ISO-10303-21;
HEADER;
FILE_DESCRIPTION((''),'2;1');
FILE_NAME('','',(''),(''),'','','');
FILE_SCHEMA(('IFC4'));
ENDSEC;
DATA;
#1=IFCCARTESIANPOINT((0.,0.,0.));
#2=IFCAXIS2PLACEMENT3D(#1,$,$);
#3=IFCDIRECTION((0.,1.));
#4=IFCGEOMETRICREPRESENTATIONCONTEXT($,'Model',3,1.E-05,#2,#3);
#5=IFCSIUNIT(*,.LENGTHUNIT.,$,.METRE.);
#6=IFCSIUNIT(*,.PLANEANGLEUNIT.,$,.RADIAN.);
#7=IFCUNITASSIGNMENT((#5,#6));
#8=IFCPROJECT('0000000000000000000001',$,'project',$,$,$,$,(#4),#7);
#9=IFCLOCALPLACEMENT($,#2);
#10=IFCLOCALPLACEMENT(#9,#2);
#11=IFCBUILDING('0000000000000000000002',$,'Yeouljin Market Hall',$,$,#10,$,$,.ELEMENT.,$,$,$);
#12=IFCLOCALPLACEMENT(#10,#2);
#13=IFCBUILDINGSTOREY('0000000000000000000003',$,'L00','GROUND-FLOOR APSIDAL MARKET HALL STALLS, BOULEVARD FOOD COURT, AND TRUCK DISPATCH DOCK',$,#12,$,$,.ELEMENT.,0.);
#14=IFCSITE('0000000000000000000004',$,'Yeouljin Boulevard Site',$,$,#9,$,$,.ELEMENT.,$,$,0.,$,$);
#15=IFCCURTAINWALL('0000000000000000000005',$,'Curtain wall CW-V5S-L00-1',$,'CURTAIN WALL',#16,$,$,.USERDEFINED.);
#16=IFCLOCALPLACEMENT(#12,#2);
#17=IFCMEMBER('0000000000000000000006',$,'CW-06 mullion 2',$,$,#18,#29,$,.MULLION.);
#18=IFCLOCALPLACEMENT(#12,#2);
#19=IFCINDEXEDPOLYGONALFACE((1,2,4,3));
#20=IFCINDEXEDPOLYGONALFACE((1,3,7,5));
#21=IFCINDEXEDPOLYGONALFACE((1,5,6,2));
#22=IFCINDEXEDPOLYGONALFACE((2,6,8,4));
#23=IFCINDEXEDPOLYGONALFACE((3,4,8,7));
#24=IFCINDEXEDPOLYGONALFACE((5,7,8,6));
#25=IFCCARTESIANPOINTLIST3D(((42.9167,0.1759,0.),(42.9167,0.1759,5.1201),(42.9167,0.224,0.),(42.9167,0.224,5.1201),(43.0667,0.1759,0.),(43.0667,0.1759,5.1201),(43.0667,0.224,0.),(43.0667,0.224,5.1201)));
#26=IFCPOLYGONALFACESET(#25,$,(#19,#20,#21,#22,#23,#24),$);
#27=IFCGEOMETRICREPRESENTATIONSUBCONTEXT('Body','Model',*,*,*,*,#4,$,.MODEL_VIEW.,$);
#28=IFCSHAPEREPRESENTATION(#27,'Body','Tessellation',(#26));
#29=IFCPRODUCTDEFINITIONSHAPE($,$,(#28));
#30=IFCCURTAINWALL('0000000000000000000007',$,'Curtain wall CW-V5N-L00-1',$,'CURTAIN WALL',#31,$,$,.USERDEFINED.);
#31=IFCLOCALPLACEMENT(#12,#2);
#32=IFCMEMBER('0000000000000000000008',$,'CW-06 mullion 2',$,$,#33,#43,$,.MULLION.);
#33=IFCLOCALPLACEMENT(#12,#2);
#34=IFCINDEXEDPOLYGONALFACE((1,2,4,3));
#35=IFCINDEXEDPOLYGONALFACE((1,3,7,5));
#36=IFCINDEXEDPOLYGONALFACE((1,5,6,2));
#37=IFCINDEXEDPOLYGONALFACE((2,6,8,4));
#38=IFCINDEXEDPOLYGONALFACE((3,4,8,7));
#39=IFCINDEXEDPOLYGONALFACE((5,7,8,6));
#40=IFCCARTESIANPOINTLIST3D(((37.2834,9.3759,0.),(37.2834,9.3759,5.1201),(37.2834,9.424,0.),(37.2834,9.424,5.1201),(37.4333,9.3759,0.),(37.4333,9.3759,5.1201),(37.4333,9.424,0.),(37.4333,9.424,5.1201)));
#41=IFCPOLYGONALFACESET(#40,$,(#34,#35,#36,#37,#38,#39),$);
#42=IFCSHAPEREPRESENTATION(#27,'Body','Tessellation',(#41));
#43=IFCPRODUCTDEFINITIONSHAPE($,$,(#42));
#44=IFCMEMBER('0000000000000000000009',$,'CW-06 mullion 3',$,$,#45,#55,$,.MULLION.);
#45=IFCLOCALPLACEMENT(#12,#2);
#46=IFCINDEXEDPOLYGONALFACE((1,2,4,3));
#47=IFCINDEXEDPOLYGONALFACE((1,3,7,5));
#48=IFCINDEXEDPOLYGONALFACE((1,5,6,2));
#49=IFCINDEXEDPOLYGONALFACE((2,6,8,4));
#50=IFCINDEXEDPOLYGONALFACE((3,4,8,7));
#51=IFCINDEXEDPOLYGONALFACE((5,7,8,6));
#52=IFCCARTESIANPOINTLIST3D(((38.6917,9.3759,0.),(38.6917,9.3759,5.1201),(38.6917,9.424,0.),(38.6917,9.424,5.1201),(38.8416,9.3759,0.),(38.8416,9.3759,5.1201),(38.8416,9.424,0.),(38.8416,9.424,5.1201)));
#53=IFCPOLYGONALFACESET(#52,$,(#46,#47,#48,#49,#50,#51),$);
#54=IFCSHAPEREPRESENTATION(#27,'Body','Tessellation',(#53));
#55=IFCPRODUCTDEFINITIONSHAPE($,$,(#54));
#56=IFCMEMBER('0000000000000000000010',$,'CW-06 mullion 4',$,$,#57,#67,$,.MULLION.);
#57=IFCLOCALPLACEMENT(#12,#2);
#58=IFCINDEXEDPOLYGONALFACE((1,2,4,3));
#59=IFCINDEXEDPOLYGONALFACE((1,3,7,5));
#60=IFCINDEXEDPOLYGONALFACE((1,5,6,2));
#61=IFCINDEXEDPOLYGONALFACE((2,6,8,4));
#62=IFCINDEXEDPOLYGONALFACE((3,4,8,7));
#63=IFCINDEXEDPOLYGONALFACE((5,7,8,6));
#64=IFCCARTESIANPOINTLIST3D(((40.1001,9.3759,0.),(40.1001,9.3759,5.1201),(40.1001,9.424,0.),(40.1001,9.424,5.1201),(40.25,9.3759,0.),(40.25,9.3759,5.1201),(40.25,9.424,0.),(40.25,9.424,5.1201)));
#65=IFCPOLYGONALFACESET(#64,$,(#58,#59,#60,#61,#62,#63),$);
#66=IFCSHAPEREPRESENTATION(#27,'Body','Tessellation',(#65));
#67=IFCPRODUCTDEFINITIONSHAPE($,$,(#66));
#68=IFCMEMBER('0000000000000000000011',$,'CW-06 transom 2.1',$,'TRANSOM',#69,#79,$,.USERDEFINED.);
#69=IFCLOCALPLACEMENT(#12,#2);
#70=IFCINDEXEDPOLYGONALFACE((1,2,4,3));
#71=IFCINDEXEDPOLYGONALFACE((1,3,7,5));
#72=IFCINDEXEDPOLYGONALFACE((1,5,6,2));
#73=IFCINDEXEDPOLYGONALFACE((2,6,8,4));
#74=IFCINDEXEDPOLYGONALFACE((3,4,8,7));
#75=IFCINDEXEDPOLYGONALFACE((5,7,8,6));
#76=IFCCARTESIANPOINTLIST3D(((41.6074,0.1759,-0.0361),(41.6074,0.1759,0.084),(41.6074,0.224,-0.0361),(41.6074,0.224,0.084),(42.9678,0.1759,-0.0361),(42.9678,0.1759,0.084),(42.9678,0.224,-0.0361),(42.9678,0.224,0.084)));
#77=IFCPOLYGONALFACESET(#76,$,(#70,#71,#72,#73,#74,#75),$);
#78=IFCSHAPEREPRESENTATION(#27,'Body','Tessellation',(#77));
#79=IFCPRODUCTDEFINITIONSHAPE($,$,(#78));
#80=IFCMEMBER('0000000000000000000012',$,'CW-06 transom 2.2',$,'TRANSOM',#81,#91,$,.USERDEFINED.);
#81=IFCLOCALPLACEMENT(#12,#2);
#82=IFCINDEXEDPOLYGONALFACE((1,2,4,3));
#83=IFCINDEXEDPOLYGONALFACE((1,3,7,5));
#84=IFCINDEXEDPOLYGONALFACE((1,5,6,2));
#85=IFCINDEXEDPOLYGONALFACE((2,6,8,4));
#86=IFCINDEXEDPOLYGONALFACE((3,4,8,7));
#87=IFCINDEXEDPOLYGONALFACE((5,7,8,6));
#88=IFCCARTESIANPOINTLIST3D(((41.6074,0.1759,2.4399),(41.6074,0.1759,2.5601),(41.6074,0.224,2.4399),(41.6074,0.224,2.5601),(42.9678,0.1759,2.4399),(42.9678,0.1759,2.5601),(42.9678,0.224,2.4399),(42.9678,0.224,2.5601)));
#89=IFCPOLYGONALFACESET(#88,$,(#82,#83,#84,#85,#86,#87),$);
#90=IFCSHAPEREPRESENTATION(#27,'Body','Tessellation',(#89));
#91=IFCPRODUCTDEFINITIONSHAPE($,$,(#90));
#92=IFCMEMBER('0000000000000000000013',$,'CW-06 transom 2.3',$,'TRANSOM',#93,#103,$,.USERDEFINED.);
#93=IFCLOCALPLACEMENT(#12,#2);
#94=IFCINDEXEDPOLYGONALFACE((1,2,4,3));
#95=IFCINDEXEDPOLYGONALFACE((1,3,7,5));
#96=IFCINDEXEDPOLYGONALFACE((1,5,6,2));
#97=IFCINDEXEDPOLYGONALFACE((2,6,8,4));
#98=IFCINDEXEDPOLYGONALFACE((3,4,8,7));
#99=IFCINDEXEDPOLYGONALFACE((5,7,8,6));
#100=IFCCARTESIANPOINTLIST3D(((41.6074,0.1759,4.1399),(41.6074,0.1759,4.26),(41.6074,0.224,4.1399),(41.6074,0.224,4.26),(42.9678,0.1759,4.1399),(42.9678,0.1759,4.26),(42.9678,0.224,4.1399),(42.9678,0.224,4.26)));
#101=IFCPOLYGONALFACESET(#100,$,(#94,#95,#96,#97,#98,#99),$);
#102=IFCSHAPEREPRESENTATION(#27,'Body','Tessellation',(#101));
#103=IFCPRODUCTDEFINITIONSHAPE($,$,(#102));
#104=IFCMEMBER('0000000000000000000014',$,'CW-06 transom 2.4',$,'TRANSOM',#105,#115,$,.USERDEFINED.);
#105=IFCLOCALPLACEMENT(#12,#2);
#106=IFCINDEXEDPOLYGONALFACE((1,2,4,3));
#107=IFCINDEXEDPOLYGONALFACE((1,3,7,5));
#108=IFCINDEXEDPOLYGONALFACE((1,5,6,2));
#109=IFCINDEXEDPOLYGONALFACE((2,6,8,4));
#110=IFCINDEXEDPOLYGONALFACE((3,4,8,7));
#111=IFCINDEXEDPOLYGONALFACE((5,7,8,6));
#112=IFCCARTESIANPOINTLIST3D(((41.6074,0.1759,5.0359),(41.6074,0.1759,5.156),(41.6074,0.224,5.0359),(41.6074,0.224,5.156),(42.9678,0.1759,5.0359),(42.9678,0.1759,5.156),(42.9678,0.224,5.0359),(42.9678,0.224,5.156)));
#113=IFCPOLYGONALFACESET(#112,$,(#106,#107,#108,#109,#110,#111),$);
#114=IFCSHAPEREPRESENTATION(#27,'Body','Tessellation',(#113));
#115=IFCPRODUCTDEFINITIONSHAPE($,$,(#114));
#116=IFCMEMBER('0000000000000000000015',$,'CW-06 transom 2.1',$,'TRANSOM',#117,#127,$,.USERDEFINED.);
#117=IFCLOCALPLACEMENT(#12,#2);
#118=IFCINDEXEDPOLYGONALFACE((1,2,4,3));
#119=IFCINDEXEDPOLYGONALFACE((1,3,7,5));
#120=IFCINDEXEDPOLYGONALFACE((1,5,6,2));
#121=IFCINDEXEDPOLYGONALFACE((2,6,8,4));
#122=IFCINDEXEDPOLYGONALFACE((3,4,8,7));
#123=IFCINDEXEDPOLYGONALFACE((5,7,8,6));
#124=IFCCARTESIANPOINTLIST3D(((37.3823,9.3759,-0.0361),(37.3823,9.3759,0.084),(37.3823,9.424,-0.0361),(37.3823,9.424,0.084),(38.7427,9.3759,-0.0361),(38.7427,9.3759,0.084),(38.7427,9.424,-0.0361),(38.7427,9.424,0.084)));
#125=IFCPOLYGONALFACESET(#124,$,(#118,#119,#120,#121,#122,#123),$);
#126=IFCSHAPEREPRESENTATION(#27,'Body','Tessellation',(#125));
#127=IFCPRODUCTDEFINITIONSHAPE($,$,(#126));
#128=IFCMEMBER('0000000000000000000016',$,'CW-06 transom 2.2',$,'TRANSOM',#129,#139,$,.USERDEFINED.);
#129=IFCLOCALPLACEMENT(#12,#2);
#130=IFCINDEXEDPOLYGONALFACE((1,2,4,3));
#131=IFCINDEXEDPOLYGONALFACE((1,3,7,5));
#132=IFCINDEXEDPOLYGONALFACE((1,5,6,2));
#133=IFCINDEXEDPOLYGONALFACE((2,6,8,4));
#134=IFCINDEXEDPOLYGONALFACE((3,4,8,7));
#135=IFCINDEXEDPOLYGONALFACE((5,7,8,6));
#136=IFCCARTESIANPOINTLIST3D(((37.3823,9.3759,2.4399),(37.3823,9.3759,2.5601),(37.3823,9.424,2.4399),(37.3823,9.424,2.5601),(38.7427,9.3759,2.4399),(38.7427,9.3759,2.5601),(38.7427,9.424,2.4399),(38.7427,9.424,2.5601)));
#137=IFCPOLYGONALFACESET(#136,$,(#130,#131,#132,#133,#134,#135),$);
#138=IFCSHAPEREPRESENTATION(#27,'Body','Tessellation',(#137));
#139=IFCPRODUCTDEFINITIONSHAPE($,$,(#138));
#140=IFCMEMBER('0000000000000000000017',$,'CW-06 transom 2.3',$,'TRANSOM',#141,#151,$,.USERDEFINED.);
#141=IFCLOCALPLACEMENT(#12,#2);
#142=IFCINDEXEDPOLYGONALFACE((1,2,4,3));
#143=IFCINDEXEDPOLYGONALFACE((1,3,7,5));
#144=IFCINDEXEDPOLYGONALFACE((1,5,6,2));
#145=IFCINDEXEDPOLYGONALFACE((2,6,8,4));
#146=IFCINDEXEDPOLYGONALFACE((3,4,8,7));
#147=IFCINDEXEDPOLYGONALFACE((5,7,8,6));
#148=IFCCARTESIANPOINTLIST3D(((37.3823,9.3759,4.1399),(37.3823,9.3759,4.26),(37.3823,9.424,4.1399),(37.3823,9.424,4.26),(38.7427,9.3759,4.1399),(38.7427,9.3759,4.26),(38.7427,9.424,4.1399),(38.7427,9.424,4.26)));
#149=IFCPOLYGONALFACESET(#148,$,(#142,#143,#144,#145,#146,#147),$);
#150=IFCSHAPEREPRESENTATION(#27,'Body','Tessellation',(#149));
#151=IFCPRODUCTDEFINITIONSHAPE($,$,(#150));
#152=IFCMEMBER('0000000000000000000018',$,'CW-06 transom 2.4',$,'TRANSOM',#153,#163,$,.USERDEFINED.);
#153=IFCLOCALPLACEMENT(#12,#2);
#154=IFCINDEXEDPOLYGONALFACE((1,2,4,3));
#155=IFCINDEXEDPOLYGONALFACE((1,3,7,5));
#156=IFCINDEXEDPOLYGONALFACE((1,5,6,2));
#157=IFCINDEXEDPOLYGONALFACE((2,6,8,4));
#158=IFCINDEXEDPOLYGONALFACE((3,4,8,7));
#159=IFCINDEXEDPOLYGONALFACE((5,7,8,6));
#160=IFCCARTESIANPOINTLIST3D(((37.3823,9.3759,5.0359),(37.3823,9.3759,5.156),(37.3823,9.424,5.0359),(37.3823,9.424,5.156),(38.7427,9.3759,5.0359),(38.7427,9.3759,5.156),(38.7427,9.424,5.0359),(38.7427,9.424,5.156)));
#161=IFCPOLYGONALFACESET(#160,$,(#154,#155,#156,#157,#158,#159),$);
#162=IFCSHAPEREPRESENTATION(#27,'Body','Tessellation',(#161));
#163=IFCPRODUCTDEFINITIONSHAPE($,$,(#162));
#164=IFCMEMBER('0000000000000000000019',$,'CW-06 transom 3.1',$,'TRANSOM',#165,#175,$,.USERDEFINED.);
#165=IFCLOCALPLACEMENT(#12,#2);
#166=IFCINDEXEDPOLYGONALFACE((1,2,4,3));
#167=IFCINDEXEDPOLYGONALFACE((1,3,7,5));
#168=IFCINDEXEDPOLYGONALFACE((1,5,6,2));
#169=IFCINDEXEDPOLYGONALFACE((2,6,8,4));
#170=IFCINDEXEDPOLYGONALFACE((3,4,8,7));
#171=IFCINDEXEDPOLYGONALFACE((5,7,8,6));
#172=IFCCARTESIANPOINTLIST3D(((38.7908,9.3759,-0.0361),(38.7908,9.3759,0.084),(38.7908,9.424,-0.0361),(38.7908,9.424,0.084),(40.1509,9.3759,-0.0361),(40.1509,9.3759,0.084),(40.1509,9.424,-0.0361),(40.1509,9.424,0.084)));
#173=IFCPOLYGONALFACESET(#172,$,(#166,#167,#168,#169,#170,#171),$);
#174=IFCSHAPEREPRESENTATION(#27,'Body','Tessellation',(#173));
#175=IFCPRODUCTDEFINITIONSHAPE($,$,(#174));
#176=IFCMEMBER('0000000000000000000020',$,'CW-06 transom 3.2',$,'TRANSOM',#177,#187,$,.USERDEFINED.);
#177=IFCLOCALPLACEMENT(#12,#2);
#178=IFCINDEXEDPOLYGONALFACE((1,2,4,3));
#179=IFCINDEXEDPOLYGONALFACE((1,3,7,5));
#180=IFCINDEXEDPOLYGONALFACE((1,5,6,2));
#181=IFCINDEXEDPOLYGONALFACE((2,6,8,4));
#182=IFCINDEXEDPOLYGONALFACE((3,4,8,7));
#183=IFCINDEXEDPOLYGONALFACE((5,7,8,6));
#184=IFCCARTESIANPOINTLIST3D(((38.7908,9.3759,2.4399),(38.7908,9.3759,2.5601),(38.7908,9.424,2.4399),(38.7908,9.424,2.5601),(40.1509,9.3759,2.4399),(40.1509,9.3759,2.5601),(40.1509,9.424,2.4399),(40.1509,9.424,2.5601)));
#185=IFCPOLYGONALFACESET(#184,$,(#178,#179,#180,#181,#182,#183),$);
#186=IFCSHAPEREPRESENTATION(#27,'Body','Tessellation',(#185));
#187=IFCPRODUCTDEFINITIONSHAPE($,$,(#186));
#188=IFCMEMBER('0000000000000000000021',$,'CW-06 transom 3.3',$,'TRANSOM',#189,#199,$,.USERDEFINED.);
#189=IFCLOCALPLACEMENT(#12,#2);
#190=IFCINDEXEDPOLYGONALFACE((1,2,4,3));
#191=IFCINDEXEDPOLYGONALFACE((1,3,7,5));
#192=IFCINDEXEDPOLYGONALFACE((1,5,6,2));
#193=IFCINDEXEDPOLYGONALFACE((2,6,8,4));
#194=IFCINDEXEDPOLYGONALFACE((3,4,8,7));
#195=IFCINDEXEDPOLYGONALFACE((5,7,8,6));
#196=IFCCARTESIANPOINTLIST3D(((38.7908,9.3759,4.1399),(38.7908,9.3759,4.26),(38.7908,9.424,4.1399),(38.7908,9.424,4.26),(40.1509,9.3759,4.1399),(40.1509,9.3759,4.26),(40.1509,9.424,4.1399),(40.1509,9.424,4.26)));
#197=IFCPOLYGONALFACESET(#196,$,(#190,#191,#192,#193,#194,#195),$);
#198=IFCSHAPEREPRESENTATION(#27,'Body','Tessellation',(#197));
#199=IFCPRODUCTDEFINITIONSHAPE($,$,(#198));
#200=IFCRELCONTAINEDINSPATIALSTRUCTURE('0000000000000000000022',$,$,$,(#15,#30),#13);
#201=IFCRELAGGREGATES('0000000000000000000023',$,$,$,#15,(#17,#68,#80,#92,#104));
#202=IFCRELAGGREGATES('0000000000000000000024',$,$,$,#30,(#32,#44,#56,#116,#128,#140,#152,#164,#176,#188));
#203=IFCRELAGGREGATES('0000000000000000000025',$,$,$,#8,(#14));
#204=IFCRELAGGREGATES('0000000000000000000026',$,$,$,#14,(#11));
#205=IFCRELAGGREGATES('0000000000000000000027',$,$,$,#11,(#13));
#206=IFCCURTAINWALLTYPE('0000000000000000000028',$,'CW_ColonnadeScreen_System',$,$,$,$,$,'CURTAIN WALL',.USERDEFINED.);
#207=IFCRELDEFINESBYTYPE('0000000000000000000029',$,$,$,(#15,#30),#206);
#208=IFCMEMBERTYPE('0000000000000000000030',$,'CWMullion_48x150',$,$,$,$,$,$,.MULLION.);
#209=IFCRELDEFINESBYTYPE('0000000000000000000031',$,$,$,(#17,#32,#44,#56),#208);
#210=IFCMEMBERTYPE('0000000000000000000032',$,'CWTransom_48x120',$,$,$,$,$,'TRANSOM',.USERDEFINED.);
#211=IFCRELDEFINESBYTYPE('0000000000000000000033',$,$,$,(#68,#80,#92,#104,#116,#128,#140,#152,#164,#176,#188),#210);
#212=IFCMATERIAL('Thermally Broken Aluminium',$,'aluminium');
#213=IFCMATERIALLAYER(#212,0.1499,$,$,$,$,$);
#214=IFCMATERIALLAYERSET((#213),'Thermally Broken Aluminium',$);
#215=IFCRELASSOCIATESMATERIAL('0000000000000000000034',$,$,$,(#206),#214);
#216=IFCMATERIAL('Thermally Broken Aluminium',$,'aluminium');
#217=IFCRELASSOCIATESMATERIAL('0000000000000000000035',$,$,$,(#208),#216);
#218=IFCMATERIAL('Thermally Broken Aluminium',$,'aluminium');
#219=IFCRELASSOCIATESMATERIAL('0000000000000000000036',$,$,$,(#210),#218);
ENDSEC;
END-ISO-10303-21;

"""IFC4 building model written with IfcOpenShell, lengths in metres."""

from ifc_helpers import new_model, si_unit, direction, frame, origin, origin_2d, place, context, subcontext, project, spatial, rectangle, extrude, material, layer, layer_set, material_profile, profile_set, type_object, element, aggregate, save


model = new_model("IFC4")

# Units and contexts
model_context = context("Model", 3, precision=1e-05, world=origin(), true_north=direction((0.0, 1.0)))
body_context = subcontext(model_context, "Body", "Model", "MODEL_VIEW")
ifc_project = project(units=[si_unit("LENGTHUNIT", "METRE"), si_unit("PLANEANGLEUNIT", "RADIAN")], contexts=[model_context])

# Site, building, storey
site_placement = place(None, origin())
site = spatial("IfcSite", under=ifc_project, at=site_placement, Name="Yeouljin Boulevard Site", CompositionType="ELEMENT", RefElevation=0.0)
building_placement = place(site_placement, origin())
building = spatial("IfcBuilding", under=site, at=building_placement, Name="Yeouljin Market Hall", CompositionType="ELEMENT")
storey_placement = place(building_placement, origin())
storey = spatial("IfcBuildingStorey", under=building, at=storey_placement, Name="L00", Description="GROUND-FLOOR APSIDAL MARKET HALL STALLS, BOULEVARD FOOD COURT, AND TRUCK DISPATCH DOCK", CompositionType="ELEMENT", Elevation=0.0)

# Curtain wall, member
ifc_material_1 = material(Name="Thermally Broken Aluminium", Category="aluminium")
ifc_layer_1 = layer(ifc_material_1, 0.1499)
ifc_layer_set_1 = layer_set([ifc_layer_1], Name="Thermally Broken Aluminium")
curtain_wall_type = type_object("IfcCurtainWallType", Name="CW_ColonnadeScreen_System", ElementType="CURTAIN WALL", PredefinedType="USERDEFINED", material=ifc_layer_set_1)
curtain_wall_1_placement = place(storey_placement, origin())
curtain_wall_1 = element("IfcCurtainWall", 1, at=curtain_wall_1_placement, inside=storey, type_object=curtain_wall_type, Name="Curtain wall CW-V5S-L00-1", ObjectType="CURTAIN WALL", PredefinedType="USERDEFINED")
ifc_material_2 = material(Name="Thermally Broken Aluminium", Category="aluminium")
ifc_material_profile_1 = material_profile(ifc_material_2, rectangle(XDim=0.0481, YDim=0.1499, at=origin_2d()), Name="CW-MULL-48x150")
ifc_profile_set_1 = profile_set([ifc_material_profile_1], Name="Thermally Broken Aluminium")
member_type_1 = type_object("IfcMemberType", Name="CWMullion_48x150", PredefinedType="MULLION", material=ifc_profile_set_1)
member_1_placement = place(storey_placement, frame((42.9917, 0.2, 0.0), z_axis=(0.0, 0.0, 1.0), x_axis=(0.0, -1.0, 0.0)))
member_1 = element("IfcMember", 2, at=member_1_placement, type_object=member_type_1, Name="CW-06 mullion 2", PredefinedType="MULLION", context=body_context, shape_type="SweptSolid", body=[
    extrude(rectangle(XDim=0.0481, YDim=0.1499, at=origin_2d()), origin(), (0.0, 0.0, 1.0), 5.1201),
])

# Curtain wall, members
curtain_wall_2_placement = place(storey_placement, origin())
curtain_wall_2 = element("IfcCurtainWall", 3, at=curtain_wall_2_placement, inside=storey, type_object=curtain_wall_type, Name="Curtain wall CW-V5N-L00-1", ObjectType="CURTAIN WALL", PredefinedType="USERDEFINED")
member_2_placement = place(storey_placement, frame((37.3584, 9.3999, 0.0), z_axis=(0.0, 0.0, 1.0), x_axis=(0.0, 1.0, 0.0)))
member_2 = element("IfcMember", 4, at=member_2_placement, type_object=member_type_1, Name="CW-06 mullion 2", PredefinedType="MULLION", context=body_context, shape_type="SweptSolid", body=[
    extrude(rectangle(XDim=0.0481, YDim=0.1499, at=origin_2d()), origin(), (0.0, 0.0, 1.0), 5.1201),
])
member_3_placement = place(storey_placement, frame((38.7666, 9.3999, 0.0), z_axis=(0.0, 0.0, 1.0), x_axis=(0.0, 1.0, 0.0)))
member_3 = element("IfcMember", 5, at=member_3_placement, type_object=member_type_1, Name="CW-06 mullion 3", PredefinedType="MULLION", context=body_context, shape_type="SweptSolid", body=[
    extrude(rectangle(XDim=0.0481, YDim=0.1499, at=origin_2d()), origin(), (0.0, 0.0, 1.0), 5.1201),
])
member_4_placement = place(storey_placement, frame((40.175, 9.3999, 0.0), z_axis=(0.0, 0.0, 1.0), x_axis=(0.0, 1.0, 0.0)))
member_4 = element("IfcMember", 6, at=member_4_placement, type_object=member_type_1, Name="CW-06 mullion 4", PredefinedType="MULLION", context=body_context, shape_type="SweptSolid", body=[
    extrude(rectangle(XDim=0.0481, YDim=0.1499, at=origin_2d()), origin(), (0.0, 0.0, 1.0), 5.1201),
])

# Members
ifc_material_3 = material(Name="Thermally Broken Aluminium", Category="aluminium")
ifc_material_profile_2 = material_profile(ifc_material_3, rectangle(XDim=0.0481, YDim=0.1201, at=origin_2d()), Name="CW-TRAN-48x120")
ifc_profile_set_2 = profile_set([ifc_material_profile_2], Name="Thermally Broken Aluminium")
member_type_2 = type_object("IfcMemberType", Name="CWTransom_48x120", ElementType="TRANSOM", PredefinedType="USERDEFINED", material=ifc_profile_set_2)
member_5_placement = place(storey_placement, frame((42.9678, 0.2, 0.0239), z_axis=(-1.0, 0.0, 0.0), x_axis=(0.0, -1.0, 0.0)))
member_5 = element("IfcMember", 7, at=member_5_placement, type_object=member_type_2, Name="CW-06 transom 2.1", ObjectType="TRANSOM", PredefinedType="USERDEFINED", context=body_context, shape_type="SweptSolid", body=[
    extrude(rectangle(XDim=0.0481, YDim=0.1201, at=origin_2d()), origin(), (0.0, 0.0, 1.0), 1.3604),
])
member_6_placement = place(storey_placement, frame((42.9678, 0.2, 2.5), z_axis=(-1.0, 0.0, 0.0), x_axis=(0.0, -1.0, 0.0)))
member_6 = element("IfcMember", 8, at=member_6_placement, type_object=member_type_2, Name="CW-06 transom 2.2", ObjectType="TRANSOM", PredefinedType="USERDEFINED", context=body_context, shape_type="SweptSolid", body=[
    extrude(rectangle(XDim=0.0481, YDim=0.1201, at=origin_2d()), origin(), (0.0, 0.0, 1.0), 1.3604),
])
member_7_placement = place(storey_placement, frame((42.9678, 0.2, 4.2), z_axis=(-1.0, 0.0, 0.0), x_axis=(0.0, -1.0, 0.0)))
member_7 = element("IfcMember", 9, at=member_7_placement, type_object=member_type_2, Name="CW-06 transom 2.3", ObjectType="TRANSOM", PredefinedType="USERDEFINED", context=body_context, shape_type="SweptSolid", body=[
    extrude(rectangle(XDim=0.0481, YDim=0.1201, at=origin_2d()), origin(), (0.0, 0.0, 1.0), 1.3604),
])
member_8_placement = place(storey_placement, frame((42.9678, 0.2, 5.0959), z_axis=(-1.0, 0.0, 0.0), x_axis=(0.0, -1.0, 0.0)))
member_8 = element("IfcMember", 10, at=member_8_placement, type_object=member_type_2, Name="CW-06 transom 2.4", ObjectType="TRANSOM", PredefinedType="USERDEFINED", context=body_context, shape_type="SweptSolid", body=[
    extrude(rectangle(XDim=0.0481, YDim=0.1201, at=origin_2d()), origin(), (0.0, 0.0, 1.0), 1.3604),
])
member_9_placement = place(storey_placement, frame((37.3823, 9.3999, 0.0239), z_axis=(1.0, 0.0, 0.0), x_axis=(0.0, 1.0, 0.0)))
member_9 = element("IfcMember", 11, at=member_9_placement, type_object=member_type_2, Name="CW-06 transom 2.1", ObjectType="TRANSOM", PredefinedType="USERDEFINED", context=body_context, shape_type="SweptSolid", body=[
    extrude(rectangle(XDim=0.0481, YDim=0.1201, at=origin_2d()), origin(), (0.0, 0.0, 1.0), 1.3604),
])
member_10_placement = place(storey_placement, frame((37.3823, 9.3999, 2.5), z_axis=(1.0, 0.0, 0.0), x_axis=(0.0, 1.0, 0.0)))
member_10 = element("IfcMember", 12, at=member_10_placement, type_object=member_type_2, Name="CW-06 transom 2.2", ObjectType="TRANSOM", PredefinedType="USERDEFINED", context=body_context, shape_type="SweptSolid", body=[
    extrude(rectangle(XDim=0.0481, YDim=0.1201, at=origin_2d()), origin(), (0.0, 0.0, 1.0), 1.3604),
])
member_11_placement = place(storey_placement, frame((37.3823, 9.3999, 4.2), z_axis=(1.0, 0.0, 0.0), x_axis=(0.0, 1.0, 0.0)))
member_11 = element("IfcMember", 13, at=member_11_placement, type_object=member_type_2, Name="CW-06 transom 2.3", ObjectType="TRANSOM", PredefinedType="USERDEFINED", context=body_context, shape_type="SweptSolid", body=[
    extrude(rectangle(XDim=0.0481, YDim=0.1201, at=origin_2d()), origin(), (0.0, 0.0, 1.0), 1.3604),
])
member_12_placement = place(storey_placement, frame((37.3823, 9.3999, 5.0959), z_axis=(1.0, 0.0, 0.0), x_axis=(0.0, 1.0, 0.0)))
member_12 = element("IfcMember", 14, at=member_12_placement, type_object=member_type_2, Name="CW-06 transom 2.4", ObjectType="TRANSOM", PredefinedType="USERDEFINED", context=body_context, shape_type="SweptSolid", body=[
    extrude(rectangle(XDim=0.0481, YDim=0.1201, at=origin_2d()), origin(), (0.0, 0.0, 1.0), 1.3604),
])
member_13_placement = place(storey_placement, frame((38.7908, 9.3999, 0.0239), z_axis=(1.0, 0.0, 0.0), x_axis=(0.0, 1.0, 0.0)))
member_13 = element("IfcMember", 15, at=member_13_placement, type_object=member_type_2, Name="CW-06 transom 3.1", ObjectType="TRANSOM", PredefinedType="USERDEFINED", context=body_context, shape_type="SweptSolid", body=[
    extrude(rectangle(XDim=0.0481, YDim=0.1201, at=origin_2d()), origin(), (0.0, 0.0, 1.0), 1.3601),
])
member_14_placement = place(storey_placement, frame((38.7908, 9.3999, 2.5), z_axis=(1.0, 0.0, 0.0), x_axis=(0.0, 1.0, 0.0)))
member_14 = element("IfcMember", 16, at=member_14_placement, type_object=member_type_2, Name="CW-06 transom 3.2", ObjectType="TRANSOM", PredefinedType="USERDEFINED", context=body_context, shape_type="SweptSolid", body=[
    extrude(rectangle(XDim=0.0481, YDim=0.1201, at=origin_2d()), origin(), (0.0, 0.0, 1.0), 1.3601),
])
member_15_placement = place(storey_placement, frame((38.7908, 9.3999, 4.2), z_axis=(1.0, 0.0, 0.0), x_axis=(0.0, 1.0, 0.0)))
member_15 = element("IfcMember", 17, at=member_15_placement, type_object=member_type_2, Name="CW-06 transom 3.3", ObjectType="TRANSOM", PredefinedType="USERDEFINED", context=body_context, shape_type="SweptSolid", body=[
    extrude(rectangle(XDim=0.0481, YDim=0.1201, at=origin_2d()), origin(), (0.0, 0.0, 1.0), 1.3601),
])

aggregate(curtain_wall_1, [member_1, member_5, member_6, member_7, member_8])
aggregate(curtain_wall_2, [member_2, member_3, member_4, member_9, member_10, member_11, member_12, member_13, member_14, member_15])

save(model, "model.ifc")
